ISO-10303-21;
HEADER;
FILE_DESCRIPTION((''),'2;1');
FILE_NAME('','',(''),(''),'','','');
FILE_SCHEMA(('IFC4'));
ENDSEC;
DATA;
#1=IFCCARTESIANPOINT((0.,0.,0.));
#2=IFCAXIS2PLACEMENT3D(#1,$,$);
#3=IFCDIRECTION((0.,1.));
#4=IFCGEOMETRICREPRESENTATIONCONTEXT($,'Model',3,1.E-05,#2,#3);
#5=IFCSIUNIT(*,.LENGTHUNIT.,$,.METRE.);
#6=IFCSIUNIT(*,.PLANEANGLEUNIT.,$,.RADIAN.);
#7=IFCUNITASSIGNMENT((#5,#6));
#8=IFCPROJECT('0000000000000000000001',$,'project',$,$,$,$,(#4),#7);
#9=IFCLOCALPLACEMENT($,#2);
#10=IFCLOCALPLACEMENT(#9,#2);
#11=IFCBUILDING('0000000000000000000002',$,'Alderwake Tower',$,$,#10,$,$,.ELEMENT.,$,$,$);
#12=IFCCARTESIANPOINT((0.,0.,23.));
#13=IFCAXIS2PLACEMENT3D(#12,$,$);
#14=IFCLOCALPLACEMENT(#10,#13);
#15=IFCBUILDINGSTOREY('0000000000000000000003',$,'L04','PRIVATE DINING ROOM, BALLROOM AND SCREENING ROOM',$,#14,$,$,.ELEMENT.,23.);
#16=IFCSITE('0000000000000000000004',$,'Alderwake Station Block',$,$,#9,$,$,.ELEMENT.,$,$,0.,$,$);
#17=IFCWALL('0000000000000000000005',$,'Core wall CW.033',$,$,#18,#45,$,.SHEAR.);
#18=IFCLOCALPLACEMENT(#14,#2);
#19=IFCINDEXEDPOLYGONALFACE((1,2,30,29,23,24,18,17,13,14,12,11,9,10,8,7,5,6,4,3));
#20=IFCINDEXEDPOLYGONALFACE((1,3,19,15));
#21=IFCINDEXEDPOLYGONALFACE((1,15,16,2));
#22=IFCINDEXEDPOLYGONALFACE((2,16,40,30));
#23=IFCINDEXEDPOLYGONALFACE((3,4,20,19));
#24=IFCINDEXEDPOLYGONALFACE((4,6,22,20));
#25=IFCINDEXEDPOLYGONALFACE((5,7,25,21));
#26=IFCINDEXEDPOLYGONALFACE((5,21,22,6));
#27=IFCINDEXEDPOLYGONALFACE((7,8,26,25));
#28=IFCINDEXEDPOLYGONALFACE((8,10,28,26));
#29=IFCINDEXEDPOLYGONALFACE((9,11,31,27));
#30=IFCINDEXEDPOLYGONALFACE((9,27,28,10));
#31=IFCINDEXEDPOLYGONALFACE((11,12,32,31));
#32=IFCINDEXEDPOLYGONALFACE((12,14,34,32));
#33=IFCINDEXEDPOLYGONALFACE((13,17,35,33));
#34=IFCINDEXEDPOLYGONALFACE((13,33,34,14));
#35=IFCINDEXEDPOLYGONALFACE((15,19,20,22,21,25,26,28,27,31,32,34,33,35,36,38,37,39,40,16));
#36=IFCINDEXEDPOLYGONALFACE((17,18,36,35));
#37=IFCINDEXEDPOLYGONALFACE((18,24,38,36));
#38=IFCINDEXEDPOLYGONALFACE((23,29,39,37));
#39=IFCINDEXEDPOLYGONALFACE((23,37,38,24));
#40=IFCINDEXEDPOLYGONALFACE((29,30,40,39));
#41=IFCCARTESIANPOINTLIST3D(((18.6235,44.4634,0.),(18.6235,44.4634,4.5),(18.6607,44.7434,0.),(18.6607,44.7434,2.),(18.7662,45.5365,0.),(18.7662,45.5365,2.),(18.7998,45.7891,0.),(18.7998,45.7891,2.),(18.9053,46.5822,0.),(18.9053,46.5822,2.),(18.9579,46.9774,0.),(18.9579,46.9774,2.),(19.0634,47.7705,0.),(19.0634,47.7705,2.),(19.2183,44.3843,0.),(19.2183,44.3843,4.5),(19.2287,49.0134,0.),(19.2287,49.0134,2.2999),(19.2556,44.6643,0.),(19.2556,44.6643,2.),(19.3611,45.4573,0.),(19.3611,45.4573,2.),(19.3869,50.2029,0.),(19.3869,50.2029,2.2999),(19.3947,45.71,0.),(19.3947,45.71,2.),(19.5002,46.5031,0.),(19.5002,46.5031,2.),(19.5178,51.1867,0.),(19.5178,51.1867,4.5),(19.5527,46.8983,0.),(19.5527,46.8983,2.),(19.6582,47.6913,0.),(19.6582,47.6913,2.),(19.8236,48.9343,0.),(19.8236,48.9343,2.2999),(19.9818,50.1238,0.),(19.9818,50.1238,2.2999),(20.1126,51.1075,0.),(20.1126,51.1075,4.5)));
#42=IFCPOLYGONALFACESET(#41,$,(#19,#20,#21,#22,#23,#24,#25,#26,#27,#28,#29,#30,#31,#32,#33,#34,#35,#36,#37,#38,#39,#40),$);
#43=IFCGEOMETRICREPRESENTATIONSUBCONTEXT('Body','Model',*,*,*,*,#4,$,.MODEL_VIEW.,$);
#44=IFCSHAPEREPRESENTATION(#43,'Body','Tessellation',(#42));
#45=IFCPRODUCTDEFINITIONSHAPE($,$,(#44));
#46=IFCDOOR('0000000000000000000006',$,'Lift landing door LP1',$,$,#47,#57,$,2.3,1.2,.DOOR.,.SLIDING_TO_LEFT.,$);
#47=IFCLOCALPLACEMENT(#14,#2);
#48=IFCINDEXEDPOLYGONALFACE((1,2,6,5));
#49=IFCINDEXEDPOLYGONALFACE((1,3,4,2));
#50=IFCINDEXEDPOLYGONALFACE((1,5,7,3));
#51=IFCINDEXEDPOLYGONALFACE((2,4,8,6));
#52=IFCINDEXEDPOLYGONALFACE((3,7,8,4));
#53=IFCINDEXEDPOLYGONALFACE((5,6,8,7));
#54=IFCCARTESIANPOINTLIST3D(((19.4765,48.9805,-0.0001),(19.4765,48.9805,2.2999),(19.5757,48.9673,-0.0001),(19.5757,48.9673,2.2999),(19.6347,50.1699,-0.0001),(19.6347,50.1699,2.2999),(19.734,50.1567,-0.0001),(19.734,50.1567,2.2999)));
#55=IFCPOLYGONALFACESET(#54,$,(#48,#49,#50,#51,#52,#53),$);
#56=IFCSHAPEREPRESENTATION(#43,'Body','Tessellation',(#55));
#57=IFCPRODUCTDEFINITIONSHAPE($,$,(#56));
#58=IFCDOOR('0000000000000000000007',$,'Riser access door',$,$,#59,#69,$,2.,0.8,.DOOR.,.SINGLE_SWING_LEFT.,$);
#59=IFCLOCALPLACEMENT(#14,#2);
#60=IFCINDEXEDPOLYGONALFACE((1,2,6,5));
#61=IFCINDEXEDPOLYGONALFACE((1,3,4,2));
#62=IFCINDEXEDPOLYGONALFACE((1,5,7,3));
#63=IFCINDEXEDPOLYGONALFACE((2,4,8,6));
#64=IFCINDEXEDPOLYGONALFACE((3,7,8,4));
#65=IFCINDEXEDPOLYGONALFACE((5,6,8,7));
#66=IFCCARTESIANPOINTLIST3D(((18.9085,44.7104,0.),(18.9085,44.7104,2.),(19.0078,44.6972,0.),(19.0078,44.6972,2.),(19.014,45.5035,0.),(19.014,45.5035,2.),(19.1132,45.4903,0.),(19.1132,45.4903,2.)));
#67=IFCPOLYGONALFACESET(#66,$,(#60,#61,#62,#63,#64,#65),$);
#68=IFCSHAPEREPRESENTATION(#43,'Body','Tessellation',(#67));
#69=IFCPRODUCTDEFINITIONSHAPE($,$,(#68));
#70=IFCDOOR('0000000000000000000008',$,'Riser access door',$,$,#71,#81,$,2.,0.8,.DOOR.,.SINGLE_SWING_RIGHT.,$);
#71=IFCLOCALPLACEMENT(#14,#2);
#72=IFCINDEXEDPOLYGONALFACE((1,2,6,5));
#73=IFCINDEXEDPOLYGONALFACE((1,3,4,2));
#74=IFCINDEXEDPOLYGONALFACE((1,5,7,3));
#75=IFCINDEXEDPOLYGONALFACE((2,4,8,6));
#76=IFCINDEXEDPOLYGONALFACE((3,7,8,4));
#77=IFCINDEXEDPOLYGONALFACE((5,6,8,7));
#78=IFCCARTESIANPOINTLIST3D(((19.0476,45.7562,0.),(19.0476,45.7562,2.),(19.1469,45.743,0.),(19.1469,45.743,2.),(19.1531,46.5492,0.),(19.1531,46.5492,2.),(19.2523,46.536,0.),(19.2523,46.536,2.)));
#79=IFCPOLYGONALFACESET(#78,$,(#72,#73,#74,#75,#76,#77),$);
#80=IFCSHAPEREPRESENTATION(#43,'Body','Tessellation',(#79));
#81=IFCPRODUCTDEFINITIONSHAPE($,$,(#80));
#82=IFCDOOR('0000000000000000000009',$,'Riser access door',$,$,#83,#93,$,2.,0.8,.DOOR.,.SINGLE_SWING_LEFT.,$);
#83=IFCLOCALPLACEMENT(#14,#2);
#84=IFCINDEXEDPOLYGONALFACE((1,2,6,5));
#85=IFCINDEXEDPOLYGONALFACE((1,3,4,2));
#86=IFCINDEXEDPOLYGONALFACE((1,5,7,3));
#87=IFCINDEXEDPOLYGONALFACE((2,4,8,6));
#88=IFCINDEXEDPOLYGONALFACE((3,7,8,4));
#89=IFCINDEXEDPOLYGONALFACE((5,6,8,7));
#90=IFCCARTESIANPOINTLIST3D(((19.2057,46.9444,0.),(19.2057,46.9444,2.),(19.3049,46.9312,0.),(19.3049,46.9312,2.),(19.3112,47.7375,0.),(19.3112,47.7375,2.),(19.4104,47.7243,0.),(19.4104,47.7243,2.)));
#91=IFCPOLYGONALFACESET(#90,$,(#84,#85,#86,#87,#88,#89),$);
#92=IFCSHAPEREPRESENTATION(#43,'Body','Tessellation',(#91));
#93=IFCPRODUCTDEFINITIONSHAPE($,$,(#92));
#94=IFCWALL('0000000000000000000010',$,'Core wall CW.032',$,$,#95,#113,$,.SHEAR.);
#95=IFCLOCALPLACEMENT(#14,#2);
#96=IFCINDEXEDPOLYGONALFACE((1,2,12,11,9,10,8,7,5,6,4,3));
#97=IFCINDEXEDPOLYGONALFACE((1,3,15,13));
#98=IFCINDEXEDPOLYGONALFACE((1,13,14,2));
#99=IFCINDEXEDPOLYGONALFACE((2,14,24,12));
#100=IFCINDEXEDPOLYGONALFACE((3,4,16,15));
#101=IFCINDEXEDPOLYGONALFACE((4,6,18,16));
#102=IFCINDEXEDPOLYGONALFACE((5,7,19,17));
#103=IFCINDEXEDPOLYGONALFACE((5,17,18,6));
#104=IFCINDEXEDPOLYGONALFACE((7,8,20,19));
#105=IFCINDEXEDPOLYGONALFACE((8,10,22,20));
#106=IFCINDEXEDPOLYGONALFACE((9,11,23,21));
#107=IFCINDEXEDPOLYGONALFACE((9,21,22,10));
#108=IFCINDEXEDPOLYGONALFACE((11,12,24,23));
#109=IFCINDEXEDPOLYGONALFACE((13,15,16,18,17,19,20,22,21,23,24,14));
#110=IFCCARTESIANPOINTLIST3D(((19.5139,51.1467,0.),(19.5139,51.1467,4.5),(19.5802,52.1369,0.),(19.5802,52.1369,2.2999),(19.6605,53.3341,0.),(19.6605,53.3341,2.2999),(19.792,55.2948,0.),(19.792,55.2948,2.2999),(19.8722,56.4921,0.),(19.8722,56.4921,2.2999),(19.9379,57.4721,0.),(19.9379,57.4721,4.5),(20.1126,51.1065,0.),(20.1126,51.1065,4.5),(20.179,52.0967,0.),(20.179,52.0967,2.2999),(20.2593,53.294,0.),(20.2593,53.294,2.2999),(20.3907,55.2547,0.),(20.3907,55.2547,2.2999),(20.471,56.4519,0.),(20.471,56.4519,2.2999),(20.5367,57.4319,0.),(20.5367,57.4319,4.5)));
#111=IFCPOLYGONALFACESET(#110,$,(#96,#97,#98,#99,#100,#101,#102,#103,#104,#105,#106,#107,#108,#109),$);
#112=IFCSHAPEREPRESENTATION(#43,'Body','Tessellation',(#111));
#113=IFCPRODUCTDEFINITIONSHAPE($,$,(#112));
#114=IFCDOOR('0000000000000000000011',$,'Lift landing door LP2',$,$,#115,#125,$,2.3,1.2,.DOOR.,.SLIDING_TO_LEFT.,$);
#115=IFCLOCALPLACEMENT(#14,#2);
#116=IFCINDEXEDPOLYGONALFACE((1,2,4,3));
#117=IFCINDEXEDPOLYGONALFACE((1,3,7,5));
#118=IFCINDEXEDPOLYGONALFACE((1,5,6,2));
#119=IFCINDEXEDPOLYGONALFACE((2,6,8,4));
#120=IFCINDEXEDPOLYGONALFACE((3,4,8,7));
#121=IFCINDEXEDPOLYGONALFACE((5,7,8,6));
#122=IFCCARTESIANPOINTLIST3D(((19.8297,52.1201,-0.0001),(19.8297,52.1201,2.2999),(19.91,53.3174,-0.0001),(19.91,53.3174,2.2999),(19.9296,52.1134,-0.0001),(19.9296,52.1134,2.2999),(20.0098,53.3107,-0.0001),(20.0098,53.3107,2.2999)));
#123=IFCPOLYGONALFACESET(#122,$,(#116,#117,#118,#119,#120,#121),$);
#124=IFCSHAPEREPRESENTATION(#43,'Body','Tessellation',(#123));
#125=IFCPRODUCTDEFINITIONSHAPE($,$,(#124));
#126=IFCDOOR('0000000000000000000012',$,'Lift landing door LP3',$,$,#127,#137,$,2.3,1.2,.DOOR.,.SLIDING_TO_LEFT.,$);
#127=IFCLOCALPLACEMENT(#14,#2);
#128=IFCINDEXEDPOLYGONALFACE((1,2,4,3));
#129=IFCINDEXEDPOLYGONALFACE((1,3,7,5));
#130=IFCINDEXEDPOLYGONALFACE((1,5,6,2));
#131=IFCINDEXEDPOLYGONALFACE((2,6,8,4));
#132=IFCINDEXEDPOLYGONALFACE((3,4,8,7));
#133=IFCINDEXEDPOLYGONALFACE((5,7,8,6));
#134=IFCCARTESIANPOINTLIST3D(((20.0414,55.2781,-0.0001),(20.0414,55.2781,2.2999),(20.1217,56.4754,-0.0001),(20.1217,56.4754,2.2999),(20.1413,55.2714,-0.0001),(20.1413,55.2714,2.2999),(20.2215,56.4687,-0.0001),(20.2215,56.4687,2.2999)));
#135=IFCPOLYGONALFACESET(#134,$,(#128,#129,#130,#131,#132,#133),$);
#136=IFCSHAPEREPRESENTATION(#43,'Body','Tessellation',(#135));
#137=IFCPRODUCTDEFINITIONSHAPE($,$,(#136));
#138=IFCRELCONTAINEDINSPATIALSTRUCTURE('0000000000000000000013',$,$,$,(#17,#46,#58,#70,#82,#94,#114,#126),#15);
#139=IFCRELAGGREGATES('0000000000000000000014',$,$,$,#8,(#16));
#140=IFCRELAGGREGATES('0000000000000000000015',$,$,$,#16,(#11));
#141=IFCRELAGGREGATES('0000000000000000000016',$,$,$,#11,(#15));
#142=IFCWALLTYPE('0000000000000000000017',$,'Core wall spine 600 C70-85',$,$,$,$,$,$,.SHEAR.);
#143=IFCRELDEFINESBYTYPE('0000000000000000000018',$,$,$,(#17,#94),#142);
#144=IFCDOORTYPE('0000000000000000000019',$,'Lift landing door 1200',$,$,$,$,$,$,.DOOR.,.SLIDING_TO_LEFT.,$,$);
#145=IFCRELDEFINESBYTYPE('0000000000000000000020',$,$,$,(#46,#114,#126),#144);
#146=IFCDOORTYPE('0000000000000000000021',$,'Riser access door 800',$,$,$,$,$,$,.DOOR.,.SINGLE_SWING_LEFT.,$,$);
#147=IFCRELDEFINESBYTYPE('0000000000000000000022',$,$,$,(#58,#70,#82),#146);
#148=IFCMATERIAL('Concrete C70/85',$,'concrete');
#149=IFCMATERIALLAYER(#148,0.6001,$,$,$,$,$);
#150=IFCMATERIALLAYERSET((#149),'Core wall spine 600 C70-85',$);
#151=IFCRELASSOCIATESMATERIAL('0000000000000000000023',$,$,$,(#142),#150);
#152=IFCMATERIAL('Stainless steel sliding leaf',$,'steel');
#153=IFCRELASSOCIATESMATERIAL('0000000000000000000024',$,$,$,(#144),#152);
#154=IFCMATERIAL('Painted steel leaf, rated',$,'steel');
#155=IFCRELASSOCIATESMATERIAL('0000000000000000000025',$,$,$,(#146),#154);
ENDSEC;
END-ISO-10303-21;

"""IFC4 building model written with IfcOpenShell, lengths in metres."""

from ifc_helpers import new_model, si_unit, direction, frame, frame_2d, origin, place, context, subcontext, project, spatial, rectangle, extrude, material, layer, layer_set, type_object, element, fill, save


model = new_model("IFC4")

# Units and contexts
model_context = context("Model", 3, precision=1e-05, world=origin(), true_north=direction((0.0, 1.0)))
body_context = subcontext(model_context, "Body", "Model", "MODEL_VIEW")
ifc_project = project(units=[si_unit("LENGTHUNIT", "METRE"), si_unit("PLANEANGLEUNIT", "RADIAN")], contexts=[model_context])

# Site, building, storey
site_placement = place(None, origin())
site = spatial("IfcSite", under=ifc_project, at=site_placement, Name="Alderwake Station Block", CompositionType="ELEMENT", RefElevation=0.0)
building_placement = place(site_placement, origin())
building = spatial("IfcBuilding", under=site, at=building_placement, Name="Alderwake Tower", CompositionType="ELEMENT")
storey_placement = place(building_placement, frame((0.0, 0.0, 23.0)))
storey = spatial("IfcBuildingStorey", under=building, at=storey_placement, Name="L04", Description="PRIVATE DINING ROOM, BALLROOM AND SCREENING ROOM", CompositionType="ELEMENT", Elevation=23.0)

# Walls, openings, doors
ifc_material_1 = material(Name="Concrete C70/85", Category="concrete")
ifc_layer_1 = layer(ifc_material_1, 0.6001)
ifc_layer_set_1 = layer_set([ifc_layer_1], Name="Core wall spine 600 C70-85")
wall_type_1 = type_object("IfcWallType", Name="Core wall spine 600 C70-85", PredefinedType="SHEAR", material=ifc_layer_set_1)
wall_1_placement = place(storey_placement, frame((19.8152, 51.147, 0.0), z_axis=(0.0, 0.0, 1.0), x_axis=(-0.131855, -0.991269, 0.0)))
wall_1 = element("IfcWall", 1, at=wall_1_placement, inside=storey, type_object=wall_type_1, Name="Core wall CW.033", PredefinedType="SHEAR", context=body_context, shape_type="SweptSolid", body=[
    extrude(rectangle(XDim=6.7825, YDim=0.6001, at=frame_2d((3.3911, 0.0))), origin(), (0.0, 0.0, 1.0), 4.5),
])
opening_1_placement = place(wall_1_placement, frame((0.9922, 0.0, 0.0)))
opening_1 = element("IfcOpeningElement", 2, at=opening_1_placement, cuts=wall_1, PredefinedType="OPENING", context=body_context, shape_type="SweptSolid", body=[
    extrude(rectangle(XDim=1.2, YDim=2.3, at=frame_2d((0.6001, 1.1499))), frame((0.0, 0.3101, 0.0), z_axis=(0.0, -1.0, 0.0), x_axis=(1.0, 0.0, 0.0)), (0.0, 0.0, 1.0), 0.6201),
])
opening_2_placement = place(wall_1_placement, frame((5.7, 0.0, 0.0)))
opening_2 = element("IfcOpeningElement", 3, at=opening_2_placement, cuts=wall_1, PredefinedType="OPENING", context=body_context, shape_type="SweptSolid", body=[
    extrude(rectangle(XDim=0.8, YDim=2.0, at=frame_2d((0.3999, 1.0))), frame((0.0, 0.3101, 0.0), z_axis=(0.0, -1.0, 0.0), x_axis=(1.0, 0.0, 0.0)), (0.0, 0.0, 1.0), 0.6201),
])
opening_3_placement = place(wall_1_placement, frame((4.645, 0.0, 0.0)))
opening_3 = element("IfcOpeningElement", 4, at=opening_3_placement, cuts=wall_1, PredefinedType="OPENING", context=body_context, shape_type="SweptSolid", body=[
    extrude(rectangle(XDim=0.8, YDim=2.0, at=frame_2d((0.3999, 1.0))), frame((0.0, 0.3101, 0.0), z_axis=(0.0, -1.0, 0.0), x_axis=(1.0, 0.0, 0.0)), (0.0, 0.0, 1.0), 0.6201),
])
opening_4_placement = place(wall_1_placement, frame((3.4463, 0.0, 0.0)))
opening_4 = element("IfcOpeningElement", 5, at=opening_4_placement, cuts=wall_1, PredefinedType="OPENING", context=body_context, shape_type="SweptSolid", body=[
    extrude(rectangle(XDim=0.8, YDim=2.0, at=frame_2d((0.3999, 1.0))), frame((0.0, 0.3101, 0.0), z_axis=(0.0, -1.0, 0.0), x_axis=(1.0, 0.0, 0.0)), (0.0, 0.0, 1.0), 0.6201),
])
ifc_material_2 = material(Name="Stainless steel sliding leaf", Category="steel")
door_type_1 = type_object("IfcDoorType", Name="Lift landing door 1200", OperationType="SLIDING_TO_LEFT", PredefinedType="DOOR", material=ifc_material_2)
door_1_placement = place(opening_1_placement, origin())
door_1 = element("IfcDoor", 6, at=door_1_placement, inside=storey, type_object=door_type_1, Name="Lift landing door LP1", OperationType="SLIDING_TO_LEFT", OverallHeight=2.3, OverallWidth=1.2, PredefinedType="DOOR", context=body_context, shape_type="SweptSolid", body=[
    extrude(rectangle(XDim=1.2, YDim=2.3, at=frame_2d((0.6001, 1.1499))), frame((0.0, 0.05, 0.0), z_axis=(0.0, -1.0, 0.0), x_axis=(1.0, 0.0, 0.0)), (0.0, 0.0, 1.0), 0.1001),
])
fill(opening_1, door_1)
ifc_material_3 = material(Name="Painted steel leaf, rated", Category="steel")
door_type_2 = type_object("IfcDoorType", Name="Riser access door 800", OperationType="SINGLE_SWING_LEFT", PredefinedType="DOOR", material=ifc_material_3)
door_2_placement = place(opening_2_placement, origin())
door_2 = element("IfcDoor", 7, at=door_2_placement, inside=storey, type_object=door_type_2, Name="Riser access door", OperationType="SINGLE_SWING_LEFT", OverallHeight=2.0, OverallWidth=0.8, PredefinedType="DOOR", context=body_context, shape_type="SweptSolid", body=[
    extrude(rectangle(XDim=0.8, YDim=2.0, at=frame_2d((0.3999, 1.0))), frame((0.0, 0.05, 0.0), z_axis=(0.0, -1.0, 0.0), x_axis=(1.0, 0.0, 0.0)), (0.0, 0.0, 1.0), 0.1001),
])
fill(opening_2, door_2)
door_3_placement = place(opening_3_placement, origin())
door_3 = element("IfcDoor", 8, at=door_3_placement, inside=storey, type_object=door_type_2, Name="Riser access door", OperationType="SINGLE_SWING_RIGHT", OverallHeight=2.0, OverallWidth=0.8, PredefinedType="DOOR", context=body_context, shape_type="SweptSolid", body=[
    extrude(rectangle(XDim=0.8, YDim=2.0, at=frame_2d((0.3999, 1.0))), frame((0.0, 0.05, 0.0), z_axis=(0.0, -1.0, 0.0), x_axis=(1.0, 0.0, 0.0)), (0.0, 0.0, 1.0), 0.1001),
])
fill(opening_3, door_3)
door_4_placement = place(opening_4_placement, origin())
door_4 = element("IfcDoor", 9, at=door_4_placement, inside=storey, type_object=door_type_2, Name="Riser access door", OperationType="SINGLE_SWING_LEFT", OverallHeight=2.0, OverallWidth=0.8, PredefinedType="DOOR", context=body_context, shape_type="SweptSolid", body=[
    extrude(rectangle(XDim=0.8, YDim=2.0, at=frame_2d((0.3999, 1.0))), frame((0.0, 0.05, 0.0), z_axis=(0.0, -1.0, 0.0), x_axis=(1.0, 0.0, 0.0)), (0.0, 0.0, 1.0), 0.1001),
])
fill(opening_4, door_4)
wall_2_placement = place(storey_placement, frame((19.8132, 51.1265, 0.0), z_axis=(0.0, 0.0, 1.0), x_axis=(0.066892, 0.99776, 0.0)))
wall_2 = element("IfcWall", 10, at=wall_2_placement, inside=storey, type_object=wall_type_1, Name="Core wall CW.032", PredefinedType="SHEAR", context=body_context, shape_type="SweptSolid", body=[
    extrude(rectangle(XDim=6.3396, YDim=0.6001, at=frame_2d((3.1699, 0.0))), origin(), (0.0, 0.0, 1.0), 4.5),
])
opening_5_placement = place(wall_2_placement, frame((0.9924, 0.0, 0.0)))
opening_5 = element("IfcOpeningElement", 11, at=opening_5_placement, cuts=wall_2, PredefinedType="OPENING", context=body_context, shape_type="SweptSolid", body=[
    extrude(rectangle(XDim=1.2, YDim=2.3, at=frame_2d((0.6001, 1.1499))), frame((0.0, 0.3101, 0.0), z_axis=(0.0, -1.0, 0.0), x_axis=(1.0, 0.0, 0.0)), (0.0, 0.0, 1.0), 0.6201),
])
opening_6_placement = place(wall_2_placement, frame((4.1575, 0.0, 0.0)))
opening_6 = element("IfcOpeningElement", 12, at=opening_6_placement, cuts=wall_2, PredefinedType="OPENING", context=body_context, shape_type="SweptSolid", body=[
    extrude(rectangle(XDim=1.2, YDim=2.3, at=frame_2d((0.6001, 1.1499))), frame((0.0, 0.3101, 0.0), z_axis=(0.0, -1.0, 0.0), x_axis=(1.0, 0.0, 0.0)), (0.0, 0.0, 1.0), 0.6201),
])
door_5_placement = place(opening_5_placement, origin())
door_5 = element("IfcDoor", 13, at=door_5_placement, inside=storey, type_object=door_type_1, Name="Lift landing door LP2", OperationType="SLIDING_TO_LEFT", OverallHeight=2.3, OverallWidth=1.2, PredefinedType="DOOR", context=body_context, shape_type="SweptSolid", body=[
    extrude(rectangle(XDim=1.2, YDim=2.3, at=frame_2d((0.6001, 1.1499))), frame((0.0, 0.05, 0.0), z_axis=(0.0, -1.0, 0.0), x_axis=(1.0, 0.0, 0.0)), (0.0, 0.0, 1.0), 0.1001),
])
fill(opening_5, door_5)
door_6_placement = place(opening_6_placement, origin())
door_6 = element("IfcDoor", 14, at=door_6_placement, inside=storey, type_object=door_type_1, Name="Lift landing door LP3", OperationType="SLIDING_TO_LEFT", OverallHeight=2.3, OverallWidth=1.2, PredefinedType="DOOR", context=body_context, shape_type="SweptSolid", body=[
    extrude(rectangle(XDim=1.2, YDim=2.3, at=frame_2d((0.6001, 1.1499))), frame((0.0, 0.05, 0.0), z_axis=(0.0, -1.0, 0.0), x_axis=(1.0, 0.0, 0.0)), (0.0, 0.0, 1.0), 0.1001),
])
fill(opening_6, door_6)

save(model, "model.ifc")
